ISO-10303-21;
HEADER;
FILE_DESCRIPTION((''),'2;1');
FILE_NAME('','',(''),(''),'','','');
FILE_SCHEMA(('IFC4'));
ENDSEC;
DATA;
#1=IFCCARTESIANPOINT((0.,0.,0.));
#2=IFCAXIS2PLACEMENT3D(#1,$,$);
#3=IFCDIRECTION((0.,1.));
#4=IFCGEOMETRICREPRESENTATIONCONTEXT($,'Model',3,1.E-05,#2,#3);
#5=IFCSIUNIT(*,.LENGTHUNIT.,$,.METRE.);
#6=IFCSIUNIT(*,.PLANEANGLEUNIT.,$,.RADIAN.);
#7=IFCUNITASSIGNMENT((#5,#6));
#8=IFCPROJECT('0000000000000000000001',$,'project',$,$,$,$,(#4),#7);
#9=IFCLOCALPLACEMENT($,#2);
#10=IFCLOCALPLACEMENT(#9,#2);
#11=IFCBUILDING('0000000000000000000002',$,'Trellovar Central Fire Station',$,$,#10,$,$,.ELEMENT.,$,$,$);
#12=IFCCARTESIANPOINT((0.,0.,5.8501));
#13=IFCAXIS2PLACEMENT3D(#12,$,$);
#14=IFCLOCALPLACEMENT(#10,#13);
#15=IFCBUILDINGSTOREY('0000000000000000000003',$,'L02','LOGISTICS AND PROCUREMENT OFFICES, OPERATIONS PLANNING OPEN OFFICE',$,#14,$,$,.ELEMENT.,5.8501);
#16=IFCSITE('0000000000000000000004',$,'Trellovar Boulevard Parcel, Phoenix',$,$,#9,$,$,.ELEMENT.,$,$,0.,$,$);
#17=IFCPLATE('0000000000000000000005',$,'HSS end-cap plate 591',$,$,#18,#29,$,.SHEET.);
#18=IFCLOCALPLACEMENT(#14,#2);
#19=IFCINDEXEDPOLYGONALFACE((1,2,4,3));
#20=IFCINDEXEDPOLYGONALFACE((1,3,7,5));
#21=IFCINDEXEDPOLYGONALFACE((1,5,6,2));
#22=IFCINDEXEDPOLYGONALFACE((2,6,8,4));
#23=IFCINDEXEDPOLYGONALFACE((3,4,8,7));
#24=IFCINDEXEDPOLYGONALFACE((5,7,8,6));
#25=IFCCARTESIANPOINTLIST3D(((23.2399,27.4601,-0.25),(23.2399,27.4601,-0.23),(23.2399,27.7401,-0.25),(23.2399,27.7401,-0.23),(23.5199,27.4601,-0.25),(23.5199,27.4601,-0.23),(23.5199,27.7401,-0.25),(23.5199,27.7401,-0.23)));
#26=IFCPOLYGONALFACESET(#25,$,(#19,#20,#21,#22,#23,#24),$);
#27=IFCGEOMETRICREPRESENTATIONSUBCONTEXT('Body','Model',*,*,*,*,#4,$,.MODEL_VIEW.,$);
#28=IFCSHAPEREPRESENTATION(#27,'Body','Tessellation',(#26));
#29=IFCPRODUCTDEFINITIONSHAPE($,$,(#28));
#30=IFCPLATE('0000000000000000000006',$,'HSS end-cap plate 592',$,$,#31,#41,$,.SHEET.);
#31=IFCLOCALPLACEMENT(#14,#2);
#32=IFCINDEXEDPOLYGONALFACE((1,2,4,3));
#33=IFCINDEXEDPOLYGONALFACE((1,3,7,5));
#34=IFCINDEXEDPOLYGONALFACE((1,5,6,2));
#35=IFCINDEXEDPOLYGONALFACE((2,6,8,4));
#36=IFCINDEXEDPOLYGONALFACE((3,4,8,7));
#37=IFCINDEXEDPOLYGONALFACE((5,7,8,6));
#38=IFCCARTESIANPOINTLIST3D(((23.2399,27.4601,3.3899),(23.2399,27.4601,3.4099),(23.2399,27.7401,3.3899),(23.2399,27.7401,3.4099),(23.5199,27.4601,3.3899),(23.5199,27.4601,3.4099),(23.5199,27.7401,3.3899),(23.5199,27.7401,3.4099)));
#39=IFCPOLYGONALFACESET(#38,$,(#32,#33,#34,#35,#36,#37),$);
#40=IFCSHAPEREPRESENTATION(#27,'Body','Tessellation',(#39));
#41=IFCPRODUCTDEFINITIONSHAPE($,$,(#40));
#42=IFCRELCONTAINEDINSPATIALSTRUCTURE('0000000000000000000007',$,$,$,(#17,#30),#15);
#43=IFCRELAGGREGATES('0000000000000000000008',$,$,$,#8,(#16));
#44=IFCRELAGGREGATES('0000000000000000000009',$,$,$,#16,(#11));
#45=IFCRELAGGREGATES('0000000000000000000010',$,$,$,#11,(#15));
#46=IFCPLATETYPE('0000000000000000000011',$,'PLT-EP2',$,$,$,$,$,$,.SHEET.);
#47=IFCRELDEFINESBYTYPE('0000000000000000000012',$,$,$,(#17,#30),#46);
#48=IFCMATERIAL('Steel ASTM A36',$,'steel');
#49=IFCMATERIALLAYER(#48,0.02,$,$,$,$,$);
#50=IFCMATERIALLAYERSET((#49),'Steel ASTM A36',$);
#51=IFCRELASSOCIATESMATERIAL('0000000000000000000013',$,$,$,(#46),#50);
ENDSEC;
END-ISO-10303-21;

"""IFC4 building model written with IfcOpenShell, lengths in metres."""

from ifc_helpers import new_model, si_unit, direction, frame, origin, origin_2d, place, context, subcontext, project, spatial, rectangle, extrude, material, layer, layer_set, type_object, element, save


model = new_model("IFC4")

# Units and contexts
model_context = context("Model", 3, precision=1e-05, world=origin(), true_north=direction((0.0, 1.0)))
body_context = subcontext(model_context, "Body", "Model", "MODEL_VIEW")
ifc_project = project(units=[si_unit("LENGTHUNIT", "METRE"), si_unit("PLANEANGLEUNIT", "RADIAN")], contexts=[model_context])

# Site, building, storey
site_placement = place(None, origin())
site = spatial("IfcSite", under=ifc_project, at=site_placement, Name="Trellovar Boulevard Parcel, Phoenix", CompositionType="ELEMENT", RefElevation=0.0)
building_placement = place(site_placement, origin())
building = spatial("IfcBuilding", under=site, at=building_placement, Name="Trellovar Central Fire Station", CompositionType="ELEMENT")
storey_placement = place(building_placement, frame((0.0, 0.0, 5.8501)))
storey = spatial("IfcBuildingStorey", under=building, at=storey_placement, Name="L02", Description="LOGISTICS AND PROCUREMENT OFFICES, OPERATIONS PLANNING OPEN OFFICE", CompositionType="ELEMENT", Elevation=5.8501)

# Plates
ifc_material_1 = material(Name="Steel ASTM A36", Category="steel")
ifc_layer_1 = layer(ifc_material_1, 0.02)
ifc_layer_set_1 = layer_set([ifc_layer_1], Name="Steel ASTM A36")
plate_type_1 = type_object("IfcPlateType", Name="PLT-EP2", PredefinedType="SHEET", material=ifc_layer_set_1)
for number, where, z_axis, x_axis, name in (
    (1, (23.3799, 27.6001, -0.25), (0.0, 0.0, 1.0), (1.0, 0.0, 0.0), "HSS end-cap plate 591"),
    (2, (23.3799, 27.6001, 3.3899), (0.0, 0.0, 1.0), (1.0, 0.0, 0.0), "HSS end-cap plate 592"),
):
    element("IfcPlate", number, at=place(storey_placement, frame(where, z_axis=z_axis, x_axis=x_axis)), inside=storey, type_object=plate_type_1, Name=name, PredefinedType="SHEET", context=body_context, shape_type="SweptSolid", body=[
        extrude(rectangle(XDim=0.28, YDim=0.28, at=origin_2d()), origin(), (0.0, 0.0, 1.0), 0.02),
    ])

save(model, "model.ifc")
